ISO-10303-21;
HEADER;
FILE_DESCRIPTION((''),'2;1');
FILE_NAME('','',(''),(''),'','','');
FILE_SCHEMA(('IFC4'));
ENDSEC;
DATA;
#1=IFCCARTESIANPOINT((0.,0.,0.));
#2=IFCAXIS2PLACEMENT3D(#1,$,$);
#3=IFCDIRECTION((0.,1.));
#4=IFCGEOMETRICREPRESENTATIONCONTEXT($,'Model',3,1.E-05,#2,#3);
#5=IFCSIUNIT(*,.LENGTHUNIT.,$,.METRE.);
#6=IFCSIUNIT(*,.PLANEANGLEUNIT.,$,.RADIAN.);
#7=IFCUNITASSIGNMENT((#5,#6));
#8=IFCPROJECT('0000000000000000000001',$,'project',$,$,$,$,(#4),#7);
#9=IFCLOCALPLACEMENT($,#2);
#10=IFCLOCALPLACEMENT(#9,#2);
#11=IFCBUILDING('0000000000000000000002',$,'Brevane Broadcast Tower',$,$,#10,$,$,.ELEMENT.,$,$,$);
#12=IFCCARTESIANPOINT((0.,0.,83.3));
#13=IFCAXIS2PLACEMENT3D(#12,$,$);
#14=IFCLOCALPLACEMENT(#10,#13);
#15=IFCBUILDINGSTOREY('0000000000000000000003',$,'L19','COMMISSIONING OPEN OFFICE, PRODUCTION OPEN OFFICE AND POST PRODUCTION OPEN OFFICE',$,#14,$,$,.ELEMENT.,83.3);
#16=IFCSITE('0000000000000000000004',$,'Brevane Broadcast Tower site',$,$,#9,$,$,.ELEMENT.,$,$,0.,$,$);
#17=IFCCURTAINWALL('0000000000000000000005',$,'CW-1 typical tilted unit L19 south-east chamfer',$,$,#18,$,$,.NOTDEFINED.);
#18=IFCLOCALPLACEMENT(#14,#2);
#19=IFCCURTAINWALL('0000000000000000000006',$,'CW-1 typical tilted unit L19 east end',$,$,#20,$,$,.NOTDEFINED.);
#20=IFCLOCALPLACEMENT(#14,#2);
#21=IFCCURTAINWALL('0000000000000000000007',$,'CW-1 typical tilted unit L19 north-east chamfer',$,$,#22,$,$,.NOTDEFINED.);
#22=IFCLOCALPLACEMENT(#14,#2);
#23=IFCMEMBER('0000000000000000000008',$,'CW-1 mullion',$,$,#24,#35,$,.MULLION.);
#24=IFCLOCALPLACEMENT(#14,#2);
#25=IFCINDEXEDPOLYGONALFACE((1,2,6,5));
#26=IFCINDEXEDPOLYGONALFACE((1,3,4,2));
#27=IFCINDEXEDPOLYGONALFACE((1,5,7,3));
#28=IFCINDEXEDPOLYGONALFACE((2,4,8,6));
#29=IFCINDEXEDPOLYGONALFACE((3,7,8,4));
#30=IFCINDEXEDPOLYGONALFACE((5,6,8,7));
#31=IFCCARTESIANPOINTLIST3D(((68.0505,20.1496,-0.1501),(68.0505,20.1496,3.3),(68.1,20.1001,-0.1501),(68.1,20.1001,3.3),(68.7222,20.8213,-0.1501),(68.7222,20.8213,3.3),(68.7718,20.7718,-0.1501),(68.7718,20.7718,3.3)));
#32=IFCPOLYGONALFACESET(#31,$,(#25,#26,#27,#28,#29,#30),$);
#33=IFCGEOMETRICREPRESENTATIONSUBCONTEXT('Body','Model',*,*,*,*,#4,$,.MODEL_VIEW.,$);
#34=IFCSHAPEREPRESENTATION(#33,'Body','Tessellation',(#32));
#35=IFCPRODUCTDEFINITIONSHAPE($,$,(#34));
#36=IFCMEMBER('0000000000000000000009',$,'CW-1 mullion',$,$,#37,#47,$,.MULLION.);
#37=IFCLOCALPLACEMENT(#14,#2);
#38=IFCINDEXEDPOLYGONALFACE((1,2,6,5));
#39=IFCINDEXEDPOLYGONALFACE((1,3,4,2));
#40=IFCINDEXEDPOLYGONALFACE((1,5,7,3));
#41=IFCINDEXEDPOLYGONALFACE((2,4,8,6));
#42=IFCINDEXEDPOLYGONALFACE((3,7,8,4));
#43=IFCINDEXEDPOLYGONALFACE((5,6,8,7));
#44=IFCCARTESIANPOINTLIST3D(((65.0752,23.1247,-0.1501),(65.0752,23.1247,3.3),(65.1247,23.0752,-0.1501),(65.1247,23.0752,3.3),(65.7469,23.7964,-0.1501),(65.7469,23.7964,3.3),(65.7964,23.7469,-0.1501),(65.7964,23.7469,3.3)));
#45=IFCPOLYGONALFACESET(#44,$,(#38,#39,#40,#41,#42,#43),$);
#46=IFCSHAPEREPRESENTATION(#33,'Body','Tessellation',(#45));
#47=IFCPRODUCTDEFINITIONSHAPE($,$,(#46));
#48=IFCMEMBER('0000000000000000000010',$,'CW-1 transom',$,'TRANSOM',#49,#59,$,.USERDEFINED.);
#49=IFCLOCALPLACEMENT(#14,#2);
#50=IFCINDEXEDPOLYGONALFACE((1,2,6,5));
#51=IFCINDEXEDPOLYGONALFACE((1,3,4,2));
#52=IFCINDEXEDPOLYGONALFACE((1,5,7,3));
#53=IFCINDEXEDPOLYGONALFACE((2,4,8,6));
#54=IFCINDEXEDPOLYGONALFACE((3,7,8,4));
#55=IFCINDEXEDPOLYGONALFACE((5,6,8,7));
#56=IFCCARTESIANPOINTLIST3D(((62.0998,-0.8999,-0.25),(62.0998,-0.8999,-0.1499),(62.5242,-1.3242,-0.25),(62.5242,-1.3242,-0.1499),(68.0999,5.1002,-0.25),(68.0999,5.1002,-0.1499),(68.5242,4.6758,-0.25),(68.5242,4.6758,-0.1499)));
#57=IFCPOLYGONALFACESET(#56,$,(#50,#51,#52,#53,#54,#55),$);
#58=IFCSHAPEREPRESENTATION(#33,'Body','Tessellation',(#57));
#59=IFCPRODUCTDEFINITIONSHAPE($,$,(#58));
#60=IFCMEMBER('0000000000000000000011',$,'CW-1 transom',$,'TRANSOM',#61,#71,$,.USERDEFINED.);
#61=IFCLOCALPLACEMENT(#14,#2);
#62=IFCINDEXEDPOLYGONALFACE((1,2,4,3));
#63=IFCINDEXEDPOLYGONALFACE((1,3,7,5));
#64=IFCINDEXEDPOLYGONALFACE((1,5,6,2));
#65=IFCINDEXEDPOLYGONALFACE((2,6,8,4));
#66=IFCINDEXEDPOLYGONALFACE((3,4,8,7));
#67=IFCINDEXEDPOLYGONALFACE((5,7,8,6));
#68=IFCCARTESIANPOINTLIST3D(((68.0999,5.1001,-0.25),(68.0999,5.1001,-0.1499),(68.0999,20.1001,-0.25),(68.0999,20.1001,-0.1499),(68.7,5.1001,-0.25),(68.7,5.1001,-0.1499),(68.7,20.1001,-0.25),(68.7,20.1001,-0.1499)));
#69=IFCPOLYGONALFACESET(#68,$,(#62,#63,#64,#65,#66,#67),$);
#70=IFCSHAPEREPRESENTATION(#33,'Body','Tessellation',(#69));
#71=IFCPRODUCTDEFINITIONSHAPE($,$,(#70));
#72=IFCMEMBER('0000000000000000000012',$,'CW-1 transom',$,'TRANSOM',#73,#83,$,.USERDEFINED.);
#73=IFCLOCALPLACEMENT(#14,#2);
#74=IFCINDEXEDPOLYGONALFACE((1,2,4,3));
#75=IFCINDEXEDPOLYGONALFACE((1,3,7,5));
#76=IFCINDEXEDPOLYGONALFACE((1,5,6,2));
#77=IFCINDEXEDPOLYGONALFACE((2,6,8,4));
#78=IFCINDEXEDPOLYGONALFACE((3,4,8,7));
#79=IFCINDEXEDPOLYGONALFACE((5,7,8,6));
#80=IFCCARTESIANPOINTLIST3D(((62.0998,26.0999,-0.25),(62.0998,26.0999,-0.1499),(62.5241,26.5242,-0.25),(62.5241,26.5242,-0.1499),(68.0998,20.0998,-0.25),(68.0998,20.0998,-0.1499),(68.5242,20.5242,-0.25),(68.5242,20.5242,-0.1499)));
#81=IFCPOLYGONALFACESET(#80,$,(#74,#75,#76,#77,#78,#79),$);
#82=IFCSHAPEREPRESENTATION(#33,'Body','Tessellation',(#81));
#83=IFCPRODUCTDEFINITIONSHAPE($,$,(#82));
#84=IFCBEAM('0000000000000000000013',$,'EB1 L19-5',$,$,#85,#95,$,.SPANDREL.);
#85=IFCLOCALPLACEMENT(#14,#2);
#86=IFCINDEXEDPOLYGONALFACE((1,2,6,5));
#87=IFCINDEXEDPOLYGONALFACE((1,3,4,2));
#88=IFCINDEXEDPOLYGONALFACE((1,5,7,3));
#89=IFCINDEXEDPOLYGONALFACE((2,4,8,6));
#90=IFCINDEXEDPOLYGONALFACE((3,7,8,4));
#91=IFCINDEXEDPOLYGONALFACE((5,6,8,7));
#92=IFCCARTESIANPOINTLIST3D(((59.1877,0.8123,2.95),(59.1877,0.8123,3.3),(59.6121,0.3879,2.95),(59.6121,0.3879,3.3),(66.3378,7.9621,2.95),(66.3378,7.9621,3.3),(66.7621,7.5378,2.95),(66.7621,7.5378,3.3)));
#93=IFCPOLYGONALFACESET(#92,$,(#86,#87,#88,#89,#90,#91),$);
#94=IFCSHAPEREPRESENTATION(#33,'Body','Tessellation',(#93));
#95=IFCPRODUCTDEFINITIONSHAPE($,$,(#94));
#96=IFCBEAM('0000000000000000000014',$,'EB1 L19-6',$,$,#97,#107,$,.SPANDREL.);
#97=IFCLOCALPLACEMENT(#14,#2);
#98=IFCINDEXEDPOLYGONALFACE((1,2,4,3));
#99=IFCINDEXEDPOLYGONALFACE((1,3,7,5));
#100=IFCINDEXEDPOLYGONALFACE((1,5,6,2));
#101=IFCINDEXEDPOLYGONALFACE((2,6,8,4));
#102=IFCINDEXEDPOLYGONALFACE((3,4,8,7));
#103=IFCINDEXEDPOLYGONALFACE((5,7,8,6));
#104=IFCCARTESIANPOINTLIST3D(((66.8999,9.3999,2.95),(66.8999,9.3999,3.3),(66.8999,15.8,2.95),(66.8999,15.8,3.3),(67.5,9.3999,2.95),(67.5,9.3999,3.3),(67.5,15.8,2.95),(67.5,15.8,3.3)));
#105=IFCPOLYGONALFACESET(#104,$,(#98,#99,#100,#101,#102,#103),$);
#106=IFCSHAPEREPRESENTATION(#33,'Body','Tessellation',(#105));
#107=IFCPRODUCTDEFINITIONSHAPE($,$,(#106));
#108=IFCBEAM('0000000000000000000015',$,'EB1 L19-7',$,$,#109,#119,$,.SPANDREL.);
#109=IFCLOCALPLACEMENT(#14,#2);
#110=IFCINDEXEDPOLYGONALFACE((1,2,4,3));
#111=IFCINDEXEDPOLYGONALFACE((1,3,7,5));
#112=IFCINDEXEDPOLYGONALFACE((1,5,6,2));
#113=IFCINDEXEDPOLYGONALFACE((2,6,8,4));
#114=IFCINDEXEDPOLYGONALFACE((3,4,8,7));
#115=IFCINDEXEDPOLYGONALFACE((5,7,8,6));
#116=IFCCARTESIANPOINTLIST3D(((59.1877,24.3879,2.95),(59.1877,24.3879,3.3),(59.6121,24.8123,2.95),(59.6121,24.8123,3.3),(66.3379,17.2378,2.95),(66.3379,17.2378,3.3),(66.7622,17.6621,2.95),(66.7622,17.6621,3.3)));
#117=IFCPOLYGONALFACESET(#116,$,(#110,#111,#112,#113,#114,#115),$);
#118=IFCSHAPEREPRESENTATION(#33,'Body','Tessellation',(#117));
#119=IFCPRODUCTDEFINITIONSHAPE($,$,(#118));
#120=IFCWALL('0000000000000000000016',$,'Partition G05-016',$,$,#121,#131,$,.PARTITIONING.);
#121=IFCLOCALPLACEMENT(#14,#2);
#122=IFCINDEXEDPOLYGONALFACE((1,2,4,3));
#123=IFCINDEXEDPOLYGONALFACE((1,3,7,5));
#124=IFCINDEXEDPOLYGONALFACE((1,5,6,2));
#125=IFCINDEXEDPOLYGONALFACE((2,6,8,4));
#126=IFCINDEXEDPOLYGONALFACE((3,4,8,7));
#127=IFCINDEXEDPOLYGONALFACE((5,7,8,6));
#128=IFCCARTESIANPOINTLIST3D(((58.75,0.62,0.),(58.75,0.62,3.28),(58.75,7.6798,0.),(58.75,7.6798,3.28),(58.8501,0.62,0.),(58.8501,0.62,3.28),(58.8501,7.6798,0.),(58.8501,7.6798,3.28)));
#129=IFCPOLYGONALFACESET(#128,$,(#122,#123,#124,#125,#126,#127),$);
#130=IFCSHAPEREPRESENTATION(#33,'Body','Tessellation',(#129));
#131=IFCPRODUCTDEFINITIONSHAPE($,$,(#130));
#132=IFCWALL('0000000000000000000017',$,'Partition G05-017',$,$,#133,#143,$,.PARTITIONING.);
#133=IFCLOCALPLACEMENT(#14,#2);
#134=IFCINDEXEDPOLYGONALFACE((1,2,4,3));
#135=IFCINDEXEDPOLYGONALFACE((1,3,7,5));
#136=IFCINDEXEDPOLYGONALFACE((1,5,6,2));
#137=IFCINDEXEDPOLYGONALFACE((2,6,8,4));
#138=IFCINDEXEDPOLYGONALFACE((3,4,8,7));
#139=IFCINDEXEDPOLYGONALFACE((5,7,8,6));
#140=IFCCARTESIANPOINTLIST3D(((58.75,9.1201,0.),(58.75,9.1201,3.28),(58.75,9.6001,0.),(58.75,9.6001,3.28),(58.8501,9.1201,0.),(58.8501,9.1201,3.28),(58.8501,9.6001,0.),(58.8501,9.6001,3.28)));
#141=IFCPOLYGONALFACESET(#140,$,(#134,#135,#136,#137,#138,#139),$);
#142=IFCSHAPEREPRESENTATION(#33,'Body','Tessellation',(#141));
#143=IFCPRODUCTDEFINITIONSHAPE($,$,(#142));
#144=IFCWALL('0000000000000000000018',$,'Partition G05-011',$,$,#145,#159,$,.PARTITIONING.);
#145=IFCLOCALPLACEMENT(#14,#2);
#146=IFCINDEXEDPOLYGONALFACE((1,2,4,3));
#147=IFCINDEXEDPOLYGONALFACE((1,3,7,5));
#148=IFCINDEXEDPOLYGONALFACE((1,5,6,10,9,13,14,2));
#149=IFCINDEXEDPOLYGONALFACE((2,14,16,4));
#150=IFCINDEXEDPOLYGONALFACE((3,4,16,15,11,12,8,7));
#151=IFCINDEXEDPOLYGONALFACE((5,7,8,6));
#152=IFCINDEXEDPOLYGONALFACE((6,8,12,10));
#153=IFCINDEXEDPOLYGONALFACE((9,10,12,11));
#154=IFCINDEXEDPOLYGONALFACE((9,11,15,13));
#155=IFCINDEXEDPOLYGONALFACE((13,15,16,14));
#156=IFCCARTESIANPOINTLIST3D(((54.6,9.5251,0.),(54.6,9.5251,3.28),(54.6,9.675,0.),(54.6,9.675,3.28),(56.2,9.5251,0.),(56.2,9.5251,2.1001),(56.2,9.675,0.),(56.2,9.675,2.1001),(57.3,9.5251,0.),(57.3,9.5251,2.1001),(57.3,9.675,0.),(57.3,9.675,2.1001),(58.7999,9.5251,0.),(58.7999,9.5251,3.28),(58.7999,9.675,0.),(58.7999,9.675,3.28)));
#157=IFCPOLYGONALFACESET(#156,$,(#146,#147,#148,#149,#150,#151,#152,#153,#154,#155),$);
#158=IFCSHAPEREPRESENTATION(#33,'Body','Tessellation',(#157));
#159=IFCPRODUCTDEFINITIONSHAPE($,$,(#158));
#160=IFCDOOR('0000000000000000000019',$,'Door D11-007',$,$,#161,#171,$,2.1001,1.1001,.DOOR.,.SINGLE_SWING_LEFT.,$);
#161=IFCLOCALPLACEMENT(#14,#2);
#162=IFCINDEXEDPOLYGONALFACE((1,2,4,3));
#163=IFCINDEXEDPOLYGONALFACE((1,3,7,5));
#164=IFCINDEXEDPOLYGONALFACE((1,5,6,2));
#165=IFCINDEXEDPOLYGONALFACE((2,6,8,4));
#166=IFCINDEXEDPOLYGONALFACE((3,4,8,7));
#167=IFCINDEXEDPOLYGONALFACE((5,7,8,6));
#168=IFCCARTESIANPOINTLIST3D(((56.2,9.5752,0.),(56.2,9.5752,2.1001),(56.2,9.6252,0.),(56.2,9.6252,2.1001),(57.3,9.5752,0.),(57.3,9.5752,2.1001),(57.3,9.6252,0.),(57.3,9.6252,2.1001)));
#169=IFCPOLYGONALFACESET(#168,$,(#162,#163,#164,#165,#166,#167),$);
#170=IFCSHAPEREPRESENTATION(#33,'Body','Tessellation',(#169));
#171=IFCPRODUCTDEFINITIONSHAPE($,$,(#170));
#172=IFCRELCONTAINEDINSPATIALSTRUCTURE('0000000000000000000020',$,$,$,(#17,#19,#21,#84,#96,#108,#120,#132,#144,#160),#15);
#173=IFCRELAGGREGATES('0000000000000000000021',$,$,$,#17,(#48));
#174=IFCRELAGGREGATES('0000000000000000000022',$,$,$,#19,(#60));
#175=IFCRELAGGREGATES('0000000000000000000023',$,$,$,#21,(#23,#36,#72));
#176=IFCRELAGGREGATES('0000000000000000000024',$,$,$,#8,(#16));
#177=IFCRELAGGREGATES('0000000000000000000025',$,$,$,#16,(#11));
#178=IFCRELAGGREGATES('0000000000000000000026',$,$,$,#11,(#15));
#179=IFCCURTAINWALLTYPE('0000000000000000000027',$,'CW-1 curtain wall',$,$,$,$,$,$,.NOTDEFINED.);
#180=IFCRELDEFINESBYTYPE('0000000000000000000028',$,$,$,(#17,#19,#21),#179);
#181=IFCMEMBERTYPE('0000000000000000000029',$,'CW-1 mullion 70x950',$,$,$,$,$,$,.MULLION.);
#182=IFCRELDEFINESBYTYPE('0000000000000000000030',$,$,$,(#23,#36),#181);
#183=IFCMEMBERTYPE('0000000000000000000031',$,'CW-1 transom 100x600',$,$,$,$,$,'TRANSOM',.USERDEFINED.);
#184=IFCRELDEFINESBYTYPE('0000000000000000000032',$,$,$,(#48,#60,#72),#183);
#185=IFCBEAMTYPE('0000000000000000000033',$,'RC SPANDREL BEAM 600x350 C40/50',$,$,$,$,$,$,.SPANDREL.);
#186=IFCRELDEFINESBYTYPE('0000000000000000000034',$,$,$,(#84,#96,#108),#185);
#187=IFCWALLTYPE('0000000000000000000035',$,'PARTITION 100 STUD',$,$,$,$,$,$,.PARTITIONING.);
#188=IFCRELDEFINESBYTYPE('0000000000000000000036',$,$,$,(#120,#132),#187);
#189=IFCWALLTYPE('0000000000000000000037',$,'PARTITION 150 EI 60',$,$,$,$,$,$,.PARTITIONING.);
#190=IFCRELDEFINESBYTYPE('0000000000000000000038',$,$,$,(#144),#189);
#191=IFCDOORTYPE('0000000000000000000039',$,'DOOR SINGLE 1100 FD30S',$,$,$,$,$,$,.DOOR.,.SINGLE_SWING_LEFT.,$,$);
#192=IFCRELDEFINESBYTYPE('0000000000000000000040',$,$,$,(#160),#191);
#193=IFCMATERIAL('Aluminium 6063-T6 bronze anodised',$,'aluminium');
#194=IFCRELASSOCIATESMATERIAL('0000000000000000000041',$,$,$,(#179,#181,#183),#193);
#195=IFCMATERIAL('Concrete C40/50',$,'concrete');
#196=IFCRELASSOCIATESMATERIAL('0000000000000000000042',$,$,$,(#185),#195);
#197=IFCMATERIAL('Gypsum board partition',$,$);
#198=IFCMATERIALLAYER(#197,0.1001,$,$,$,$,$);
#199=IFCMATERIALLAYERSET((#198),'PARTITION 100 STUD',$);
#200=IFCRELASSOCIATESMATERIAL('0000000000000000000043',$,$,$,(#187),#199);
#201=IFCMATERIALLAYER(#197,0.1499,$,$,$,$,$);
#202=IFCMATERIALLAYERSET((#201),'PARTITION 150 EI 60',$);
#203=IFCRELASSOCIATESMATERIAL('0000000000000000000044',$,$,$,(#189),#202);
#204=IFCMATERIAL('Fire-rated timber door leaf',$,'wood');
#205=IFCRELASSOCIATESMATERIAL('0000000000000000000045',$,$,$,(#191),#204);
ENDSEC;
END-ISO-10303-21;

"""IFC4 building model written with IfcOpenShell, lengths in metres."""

from ifc_helpers import new_model, si_unit, direction, frame, frame_2d, origin, origin_2d, place, context, subcontext, project, spatial, rectangle, extrude, material, layer, layer_set, material_profile, profile_set, type_object, element, fill, aggregate, save


model = new_model("IFC4")

# Units and contexts
model_context = context("Model", 3, precision=1e-05, world=origin(), true_north=direction((0.0, 1.0)))
body_context = subcontext(model_context, "Body", "Model", "MODEL_VIEW")
ifc_project = project(units=[si_unit("LENGTHUNIT", "METRE"), si_unit("PLANEANGLEUNIT", "RADIAN")], contexts=[model_context])

# Site, building, storey
site_placement = place(None, origin())
site = spatial("IfcSite", under=ifc_project, at=site_placement, Name="Brevane Broadcast Tower site", CompositionType="ELEMENT", RefElevation=0.0)
building_placement = place(site_placement, origin())
building = spatial("IfcBuilding", under=site, at=building_placement, Name="Brevane Broadcast Tower", CompositionType="ELEMENT")
storey_placement = place(building_placement, frame((0.0, 0.0, 83.3)))
storey = spatial("IfcBuildingStorey", under=building, at=storey_placement, Name="L19", Description="COMMISSIONING OPEN OFFICE, PRODUCTION OPEN OFFICE AND POST PRODUCTION OPEN OFFICE", CompositionType="ELEMENT", Elevation=83.3)

# Curtain walls, members
ifc_material_1 = material(Name="Aluminium 6063-T6 bronze anodised", Category="aluminium")
curtain_wall_type = type_object("IfcCurtainWallType", Name="CW-1 curtain wall", PredefinedType="NOTDEFINED", material=ifc_material_1)
ifc_material_profile_1 = material_profile(ifc_material_1, rectangle(XDim=0.95, YDim=0.0701, at=origin_2d()), Name="RECT 70x950")
ifc_profile_set_1 = profile_set([ifc_material_profile_1], Name="Aluminium 6063-T6 bronze anodised")
member_type_1 = type_object("IfcMemberType", Name="CW-1 mullion 70x950", PredefinedType="MULLION", material=ifc_profile_set_1)
curtain_wall_1_placement = place(storey_placement, origin())
curtain_wall_1 = element("IfcCurtainWall", 1, at=curtain_wall_1_placement, inside=storey, type_object=curtain_wall_type, Name="CW-1 typical tilted unit L19 south-east chamfer", PredefinedType="NOTDEFINED")
curtain_wall_2_placement = place(storey_placement, origin())
curtain_wall_2 = element("IfcCurtainWall", 2, at=curtain_wall_2_placement, inside=storey, type_object=curtain_wall_type, Name="CW-1 typical tilted unit L19 east end", PredefinedType="NOTDEFINED")
curtain_wall_3_placement = place(storey_placement, origin())
curtain_wall_3 = element("IfcCurtainWall", 3, at=curtain_wall_3_placement, inside=storey, type_object=curtain_wall_type, Name="CW-1 typical tilted unit L19 north-east chamfer", PredefinedType="NOTDEFINED")
member_1_placement = place(storey_placement, frame((68.4111, 20.4607, -0.1501), z_axis=(0.0, 0.0, 1.0), x_axis=(-0.707107, -0.707107, 0.0)))
member_1 = element("IfcMember", 4, at=member_1_placement, type_object=member_type_1, Name="CW-1 mullion", PredefinedType="MULLION", context=body_context, shape_type="SweptSolid", body=[
    extrude(rectangle(XDim=0.95, YDim=0.0701, at=origin_2d()), origin(), (0.0, 0.0, 1.0), 3.4502),
])
member_2_placement = place(storey_placement, frame((65.4358, 23.4358, -0.1501), z_axis=(0.0, 0.0, 1.0), x_axis=(-0.707107, -0.707107, 0.0)))
member_2 = element("IfcMember", 5, at=member_2_placement, type_object=member_type_1, Name="CW-1 mullion", PredefinedType="MULLION", context=body_context, shape_type="SweptSolid", body=[
    extrude(rectangle(XDim=0.95, YDim=0.0701, at=origin_2d()), origin(), (0.0, 0.0, 1.0), 3.4502),
])

# Members
ifc_material_profile_2 = material_profile(ifc_material_1, rectangle(XDim=0.6001, YDim=0.1001, at=origin_2d()), Name="RECT 100x600")
ifc_profile_set_2 = profile_set([ifc_material_profile_2], Name="Aluminium 6063-T6 bronze anodised")
member_type_2 = type_object("IfcMemberType", Name="CW-1 transom 100x600", ElementType="TRANSOM", PredefinedType="USERDEFINED", material=ifc_profile_set_2)
member_3_placement = place(storey_placement, frame((62.312, -1.1121, -0.2), z_axis=(0.707107, 0.707107, 0.0), x_axis=(-0.707107, 0.707107, 0.0)))
member_3 = element("IfcMember", 6, at=member_3_placement, type_object=member_type_2, Name="CW-1 transom", ObjectType="TRANSOM", PredefinedType="USERDEFINED", context=body_context, shape_type="SweptSolid", body=[
    extrude(rectangle(XDim=0.6001, YDim=0.1001, at=origin_2d()), origin(), (0.0, 0.0, 1.0), 8.4854),
])
aggregate(curtain_wall_1, [member_3])
member_4_placement = place(storey_placement, frame((68.3999, 5.1001, -0.2), z_axis=(0.0, 1.0, 0.0), x_axis=(-1.0, 0.0, 0.0)))
member_4 = element("IfcMember", 7, at=member_4_placement, type_object=member_type_2, Name="CW-1 transom", ObjectType="TRANSOM", PredefinedType="USERDEFINED", context=body_context, shape_type="SweptSolid", body=[
    extrude(rectangle(XDim=0.6001, YDim=0.1001, at=origin_2d()), origin(), (0.0, 0.0, 1.0), 15.0),
])
aggregate(curtain_wall_2, [member_4])
member_5_placement = place(storey_placement, frame((68.312, 20.312, -0.2), z_axis=(-0.707107, 0.707107, 0.0), x_axis=(-0.707107, -0.707107, 0.0)))
member_5 = element("IfcMember", 8, at=member_5_placement, type_object=member_type_2, Name="CW-1 transom", ObjectType="TRANSOM", PredefinedType="USERDEFINED", context=body_context, shape_type="SweptSolid", body=[
    extrude(rectangle(XDim=0.6001, YDim=0.1001, at=origin_2d()), origin(), (0.0, 0.0, 1.0), 8.4854),
])
aggregate(curtain_wall_3, [member_1, member_2, member_5])

# Beams
ifc_material_2 = material(Name="Concrete C40/50", Category="concrete")
ifc_material_profile_3 = material_profile(ifc_material_2, rectangle(XDim=0.6001, YDim=0.3501, at=origin_2d()), Name="RC 600x350")
ifc_profile_set_3 = profile_set([ifc_material_profile_3], Name="Concrete C40/50")
beam_type = type_object("IfcBeamType", Name="RC SPANDREL BEAM 600x350 C40/50", PredefinedType="SPANDREL", material=ifc_profile_set_3)
beam_1_placement = place(storey_placement, frame((59.3999, 0.6001, 3.125), z_axis=(0.707119, 0.707095, 0.0), x_axis=(-0.707095, 0.707119, 0.0)))
element("IfcBeam", 9, at=beam_1_placement, inside=storey, type_object=beam_type, Name="EB1 L19-5", PredefinedType="SPANDREL", context=body_context, shape_type="SweptSolid", body=[
    extrude(rectangle(XDim=0.6001, YDim=0.3501, at=origin_2d()), origin(), (0.0, 0.0, 1.0), 10.1116),
])
beam_2_placement = place(storey_placement, frame((67.2, 9.3999, 3.125), z_axis=(0.0, 1.0, 0.0), x_axis=(-1.0, 0.0, 0.0)))
element("IfcBeam", 10, at=beam_2_placement, inside=storey, type_object=beam_type, Name="EB1 L19-6", PredefinedType="SPANDREL", context=body_context, shape_type="SweptSolid", body=[
    extrude(rectangle(XDim=0.6001, YDim=0.3501, at=origin_2d()), origin(), (0.0, 0.0, 1.0), 6.4001),
])
beam_3_placement = place(storey_placement, frame((66.55, 17.45, 3.125), z_axis=(-0.707107, 0.707107, 0.0), x_axis=(-0.707107, -0.707107, 0.0)))
element("IfcBeam", 11, at=beam_3_placement, inside=storey, type_object=beam_type, Name="EB1 L19-7", PredefinedType="SPANDREL", context=body_context, shape_type="SweptSolid", body=[
    extrude(rectangle(XDim=0.6001, YDim=0.3501, at=origin_2d()), origin(), (0.0, 0.0, 1.0), 10.1118),
])

# Walls
ifc_material_3 = material(Name="Gypsum board partition")
ifc_layer_1 = layer(ifc_material_3, 0.1001)
ifc_layer_set_1 = layer_set([ifc_layer_1], Name="PARTITION 100 STUD")
wall_type_1 = type_object("IfcWallType", Name="PARTITION 100 STUD", PredefinedType="PARTITIONING", material=ifc_layer_set_1)
wall_1_placement = place(storey_placement, frame((58.8, 0.6201, 0.0), z_axis=(0.0, 0.0, 1.0), x_axis=(0.0, 1.0, 0.0)))
element("IfcWall", 12, at=wall_1_placement, inside=storey, type_object=wall_type_1, Name="Partition G05-016", PredefinedType="PARTITIONING", context=body_context, shape_type="SweptSolid", body=[
    extrude(rectangle(XDim=7.0598, YDim=0.1001, at=frame_2d((3.5298, 0.0))), origin(), (0.0, 0.0, 1.0), 3.28),
])
wall_2_placement = place(storey_placement, frame((58.8, 9.1201, 0.0), z_axis=(0.0, 0.0, 1.0), x_axis=(0.0, 1.0, 0.0)))
element("IfcWall", 13, at=wall_2_placement, inside=storey, type_object=wall_type_1, Name="Partition G05-017", PredefinedType="PARTITIONING", context=body_context, shape_type="SweptSolid", body=[
    extrude(rectangle(XDim=0.48, YDim=0.1001, at=frame_2d((0.24, 0.0))), origin(), (0.0, 0.0, 1.0), 3.28),
])

# Wall, opening, door
ifc_layer_2 = layer(ifc_material_3, 0.1499)
ifc_layer_set_2 = layer_set([ifc_layer_2], Name="PARTITION 150 EI 60")
wall_type_2 = type_object("IfcWallType", Name="PARTITION 150 EI 60", PredefinedType="PARTITIONING", material=ifc_layer_set_2)
ifc_material_4 = material(Name="Fire-rated timber door leaf", Category="wood")
wall_3_placement = place(storey_placement, frame((58.8, 9.6001, 0.0), z_axis=(0.0, 0.0, 1.0), x_axis=(-1.0, 0.0, 0.0)))
wall_3 = element("IfcWall", 14, at=wall_3_placement, inside=storey, type_object=wall_type_2, Name="Partition G05-011", PredefinedType="PARTITIONING", context=body_context, shape_type="SweptSolid", body=[
    extrude(rectangle(XDim=4.2, YDim=0.1499, at=frame_2d((2.1001, 0.0))), origin(), (0.0, 0.0, 1.0), 3.28),
])
opening_1_placement = place(wall_3_placement, frame((1.5, 0.0, 0.0)))
opening_1 = element("IfcOpeningElement", 15, at=opening_1_placement, cuts=wall_3, PredefinedType="OPENING", context=body_context, shape_type="SweptSolid", body=[
    extrude(rectangle(XDim=1.1001, YDim=2.1001, at=frame_2d((0.55, 1.05))), frame((0.0, 0.085, 0.0), z_axis=(0.0, -1.0, 0.0), x_axis=(1.0, 0.0, 0.0)), (0.0, 0.0, 1.0), 0.1699),
])
door_type_1 = type_object("IfcDoorType", Name="DOOR SINGLE 1100 FD30S", OperationType="SINGLE_SWING_LEFT", PredefinedType="DOOR", material=ifc_material_4)
door_1_placement = place(opening_1_placement, origin())
door_1 = element("IfcDoor", 16, at=door_1_placement, inside=storey, type_object=door_type_1, Name="Door D11-007", OperationType="SINGLE_SWING_LEFT", OverallHeight=2.1001, OverallWidth=1.1001, PredefinedType="DOOR", context=body_context, shape_type="SweptSolid", body=[
    extrude(rectangle(XDim=1.1001, YDim=2.1001, at=frame_2d((0.55, 1.05))), frame((0.0, 0.0249, 0.0), z_axis=(0.0, -1.0, 0.0), x_axis=(1.0, 0.0, 0.0)), (0.0, 0.0, 1.0), 0.05),
])
fill(opening_1, door_1)

save(model, "model.ifc")
